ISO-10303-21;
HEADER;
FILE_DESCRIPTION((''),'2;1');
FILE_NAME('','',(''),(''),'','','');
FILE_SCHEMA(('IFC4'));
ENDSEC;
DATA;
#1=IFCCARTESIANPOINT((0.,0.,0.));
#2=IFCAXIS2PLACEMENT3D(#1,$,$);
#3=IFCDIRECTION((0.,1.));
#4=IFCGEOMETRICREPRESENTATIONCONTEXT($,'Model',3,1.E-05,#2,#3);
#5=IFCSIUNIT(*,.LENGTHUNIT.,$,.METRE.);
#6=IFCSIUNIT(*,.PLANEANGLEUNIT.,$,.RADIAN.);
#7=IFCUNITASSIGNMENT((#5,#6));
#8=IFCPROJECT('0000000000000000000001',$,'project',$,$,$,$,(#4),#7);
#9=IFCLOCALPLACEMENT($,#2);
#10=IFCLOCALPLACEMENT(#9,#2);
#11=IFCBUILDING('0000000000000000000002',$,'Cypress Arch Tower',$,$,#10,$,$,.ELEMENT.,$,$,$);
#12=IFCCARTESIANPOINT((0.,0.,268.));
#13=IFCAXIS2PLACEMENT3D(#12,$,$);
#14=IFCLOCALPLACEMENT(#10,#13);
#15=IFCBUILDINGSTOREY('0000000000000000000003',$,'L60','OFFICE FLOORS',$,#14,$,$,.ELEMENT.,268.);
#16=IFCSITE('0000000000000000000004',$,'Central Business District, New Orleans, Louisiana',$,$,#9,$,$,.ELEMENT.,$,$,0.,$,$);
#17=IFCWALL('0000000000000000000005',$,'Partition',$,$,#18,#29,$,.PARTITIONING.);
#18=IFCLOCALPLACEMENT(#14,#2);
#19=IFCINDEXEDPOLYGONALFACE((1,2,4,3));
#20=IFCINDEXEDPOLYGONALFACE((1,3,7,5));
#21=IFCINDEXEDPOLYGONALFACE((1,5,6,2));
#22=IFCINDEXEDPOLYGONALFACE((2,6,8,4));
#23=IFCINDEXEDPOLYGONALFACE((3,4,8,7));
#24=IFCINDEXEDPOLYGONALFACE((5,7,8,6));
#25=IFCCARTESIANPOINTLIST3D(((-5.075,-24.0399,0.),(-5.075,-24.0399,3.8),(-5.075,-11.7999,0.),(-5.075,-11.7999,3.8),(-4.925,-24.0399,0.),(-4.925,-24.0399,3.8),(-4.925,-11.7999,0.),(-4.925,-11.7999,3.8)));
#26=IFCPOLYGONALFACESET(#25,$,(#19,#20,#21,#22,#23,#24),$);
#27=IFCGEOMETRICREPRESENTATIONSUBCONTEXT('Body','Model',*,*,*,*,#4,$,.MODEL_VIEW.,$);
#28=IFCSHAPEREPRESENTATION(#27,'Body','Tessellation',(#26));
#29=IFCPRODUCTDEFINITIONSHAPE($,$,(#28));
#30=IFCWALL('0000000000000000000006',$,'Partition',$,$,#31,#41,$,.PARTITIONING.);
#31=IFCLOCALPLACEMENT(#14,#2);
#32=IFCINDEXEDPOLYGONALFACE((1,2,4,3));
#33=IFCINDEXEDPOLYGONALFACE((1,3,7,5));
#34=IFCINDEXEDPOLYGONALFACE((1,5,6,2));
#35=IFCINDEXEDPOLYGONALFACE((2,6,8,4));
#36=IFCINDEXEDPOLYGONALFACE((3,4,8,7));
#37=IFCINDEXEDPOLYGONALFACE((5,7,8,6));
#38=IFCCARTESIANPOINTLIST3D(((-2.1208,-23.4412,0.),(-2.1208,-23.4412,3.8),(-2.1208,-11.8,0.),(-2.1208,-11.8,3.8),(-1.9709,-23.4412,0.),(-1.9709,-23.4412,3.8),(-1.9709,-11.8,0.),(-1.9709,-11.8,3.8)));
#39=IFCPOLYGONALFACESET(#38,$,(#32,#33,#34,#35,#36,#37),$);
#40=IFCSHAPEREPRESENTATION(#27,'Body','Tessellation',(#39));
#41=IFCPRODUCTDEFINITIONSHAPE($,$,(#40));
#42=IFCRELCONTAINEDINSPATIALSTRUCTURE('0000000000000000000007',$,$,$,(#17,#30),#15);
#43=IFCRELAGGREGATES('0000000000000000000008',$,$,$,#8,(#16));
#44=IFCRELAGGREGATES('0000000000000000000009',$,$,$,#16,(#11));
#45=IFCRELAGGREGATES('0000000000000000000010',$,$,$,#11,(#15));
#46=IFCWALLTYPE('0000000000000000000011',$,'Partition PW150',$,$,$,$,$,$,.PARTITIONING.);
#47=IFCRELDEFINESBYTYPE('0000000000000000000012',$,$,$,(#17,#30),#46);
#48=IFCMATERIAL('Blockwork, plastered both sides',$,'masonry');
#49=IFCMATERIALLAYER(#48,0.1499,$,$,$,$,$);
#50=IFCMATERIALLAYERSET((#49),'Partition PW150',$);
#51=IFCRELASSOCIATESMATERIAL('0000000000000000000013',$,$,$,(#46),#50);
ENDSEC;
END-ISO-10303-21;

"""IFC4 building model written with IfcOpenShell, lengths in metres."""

from ifc_helpers import new_model, si_unit, direction, frame, frame_2d, origin, place, context, subcontext, project, spatial, rectangle, extrude, material, layer, layer_set, type_object, element, save


model = new_model("IFC4")

# Units and contexts
model_context = context("Model", 3, precision=1e-05, world=origin(), true_north=direction((0.0, 1.0)))
body_context = subcontext(model_context, "Body", "Model", "MODEL_VIEW")
ifc_project = project(units=[si_unit("LENGTHUNIT", "METRE"), si_unit("PLANEANGLEUNIT", "RADIAN")], contexts=[model_context])

# Site, building, storey
site_placement = place(None, origin())
site = spatial("IfcSite", under=ifc_project, at=site_placement, Name="Central Business District, New Orleans, Louisiana", CompositionType="ELEMENT", RefElevation=0.0)
building_placement = place(site_placement, origin())
building = spatial("IfcBuilding", under=site, at=building_placement, Name="Cypress Arch Tower", CompositionType="ELEMENT")
storey_placement = place(building_placement, frame((0.0, 0.0, 268.0)))
storey = spatial("IfcBuildingStorey", under=building, at=storey_placement, Name="L60", Description="OFFICE FLOORS", CompositionType="ELEMENT", Elevation=268.0)

# Walls
ifc_material_1 = material(Name="Blockwork, plastered both sides", Category="masonry")
ifc_layer_1 = layer(ifc_material_1, 0.1499)
ifc_layer_set_1 = layer_set([ifc_layer_1], Name="Partition PW150")
wall_type_1 = type_object("IfcWallType", Name="Partition PW150", PredefinedType="PARTITIONING", material=ifc_layer_set_1)
for number, where, z_axis, x_axis, name in (
    (1, (-5.0, -24.04, 0.0), (0.0, 0.0, 1.0), (0.0, 1.0, 0.0), "Partition"),
):
    element("IfcWall", number, at=place(storey_placement, frame(where, z_axis=z_axis, x_axis=x_axis)), inside=storey, type_object=wall_type_1, Name=name, PredefinedType="PARTITIONING", context=body_context, shape_type="SweptSolid", body=[
        extrude(rectangle(XDim=12.24, YDim=0.1499, at=frame_2d((6.1201, 0.0))), origin(), (0.0, 0.0, 1.0), 3.8),
    ])
wall_1_placement = place(storey_placement, frame((-2.0459, -23.4412, 0.0), z_axis=(0.0, 0.0, 1.0), x_axis=(0.0, 1.0, 0.0)))
element("IfcWall", 2, at=wall_1_placement, inside=storey, type_object=wall_type_1, Name="Partition", PredefinedType="PARTITIONING", context=body_context, shape_type="SweptSolid", body=[
    extrude(rectangle(XDim=11.6411, YDim=0.1499, at=frame_2d((5.8206, 0.0))), origin(), (0.0, 0.0, 1.0), 3.8),
])

save(model, "model.ifc")
